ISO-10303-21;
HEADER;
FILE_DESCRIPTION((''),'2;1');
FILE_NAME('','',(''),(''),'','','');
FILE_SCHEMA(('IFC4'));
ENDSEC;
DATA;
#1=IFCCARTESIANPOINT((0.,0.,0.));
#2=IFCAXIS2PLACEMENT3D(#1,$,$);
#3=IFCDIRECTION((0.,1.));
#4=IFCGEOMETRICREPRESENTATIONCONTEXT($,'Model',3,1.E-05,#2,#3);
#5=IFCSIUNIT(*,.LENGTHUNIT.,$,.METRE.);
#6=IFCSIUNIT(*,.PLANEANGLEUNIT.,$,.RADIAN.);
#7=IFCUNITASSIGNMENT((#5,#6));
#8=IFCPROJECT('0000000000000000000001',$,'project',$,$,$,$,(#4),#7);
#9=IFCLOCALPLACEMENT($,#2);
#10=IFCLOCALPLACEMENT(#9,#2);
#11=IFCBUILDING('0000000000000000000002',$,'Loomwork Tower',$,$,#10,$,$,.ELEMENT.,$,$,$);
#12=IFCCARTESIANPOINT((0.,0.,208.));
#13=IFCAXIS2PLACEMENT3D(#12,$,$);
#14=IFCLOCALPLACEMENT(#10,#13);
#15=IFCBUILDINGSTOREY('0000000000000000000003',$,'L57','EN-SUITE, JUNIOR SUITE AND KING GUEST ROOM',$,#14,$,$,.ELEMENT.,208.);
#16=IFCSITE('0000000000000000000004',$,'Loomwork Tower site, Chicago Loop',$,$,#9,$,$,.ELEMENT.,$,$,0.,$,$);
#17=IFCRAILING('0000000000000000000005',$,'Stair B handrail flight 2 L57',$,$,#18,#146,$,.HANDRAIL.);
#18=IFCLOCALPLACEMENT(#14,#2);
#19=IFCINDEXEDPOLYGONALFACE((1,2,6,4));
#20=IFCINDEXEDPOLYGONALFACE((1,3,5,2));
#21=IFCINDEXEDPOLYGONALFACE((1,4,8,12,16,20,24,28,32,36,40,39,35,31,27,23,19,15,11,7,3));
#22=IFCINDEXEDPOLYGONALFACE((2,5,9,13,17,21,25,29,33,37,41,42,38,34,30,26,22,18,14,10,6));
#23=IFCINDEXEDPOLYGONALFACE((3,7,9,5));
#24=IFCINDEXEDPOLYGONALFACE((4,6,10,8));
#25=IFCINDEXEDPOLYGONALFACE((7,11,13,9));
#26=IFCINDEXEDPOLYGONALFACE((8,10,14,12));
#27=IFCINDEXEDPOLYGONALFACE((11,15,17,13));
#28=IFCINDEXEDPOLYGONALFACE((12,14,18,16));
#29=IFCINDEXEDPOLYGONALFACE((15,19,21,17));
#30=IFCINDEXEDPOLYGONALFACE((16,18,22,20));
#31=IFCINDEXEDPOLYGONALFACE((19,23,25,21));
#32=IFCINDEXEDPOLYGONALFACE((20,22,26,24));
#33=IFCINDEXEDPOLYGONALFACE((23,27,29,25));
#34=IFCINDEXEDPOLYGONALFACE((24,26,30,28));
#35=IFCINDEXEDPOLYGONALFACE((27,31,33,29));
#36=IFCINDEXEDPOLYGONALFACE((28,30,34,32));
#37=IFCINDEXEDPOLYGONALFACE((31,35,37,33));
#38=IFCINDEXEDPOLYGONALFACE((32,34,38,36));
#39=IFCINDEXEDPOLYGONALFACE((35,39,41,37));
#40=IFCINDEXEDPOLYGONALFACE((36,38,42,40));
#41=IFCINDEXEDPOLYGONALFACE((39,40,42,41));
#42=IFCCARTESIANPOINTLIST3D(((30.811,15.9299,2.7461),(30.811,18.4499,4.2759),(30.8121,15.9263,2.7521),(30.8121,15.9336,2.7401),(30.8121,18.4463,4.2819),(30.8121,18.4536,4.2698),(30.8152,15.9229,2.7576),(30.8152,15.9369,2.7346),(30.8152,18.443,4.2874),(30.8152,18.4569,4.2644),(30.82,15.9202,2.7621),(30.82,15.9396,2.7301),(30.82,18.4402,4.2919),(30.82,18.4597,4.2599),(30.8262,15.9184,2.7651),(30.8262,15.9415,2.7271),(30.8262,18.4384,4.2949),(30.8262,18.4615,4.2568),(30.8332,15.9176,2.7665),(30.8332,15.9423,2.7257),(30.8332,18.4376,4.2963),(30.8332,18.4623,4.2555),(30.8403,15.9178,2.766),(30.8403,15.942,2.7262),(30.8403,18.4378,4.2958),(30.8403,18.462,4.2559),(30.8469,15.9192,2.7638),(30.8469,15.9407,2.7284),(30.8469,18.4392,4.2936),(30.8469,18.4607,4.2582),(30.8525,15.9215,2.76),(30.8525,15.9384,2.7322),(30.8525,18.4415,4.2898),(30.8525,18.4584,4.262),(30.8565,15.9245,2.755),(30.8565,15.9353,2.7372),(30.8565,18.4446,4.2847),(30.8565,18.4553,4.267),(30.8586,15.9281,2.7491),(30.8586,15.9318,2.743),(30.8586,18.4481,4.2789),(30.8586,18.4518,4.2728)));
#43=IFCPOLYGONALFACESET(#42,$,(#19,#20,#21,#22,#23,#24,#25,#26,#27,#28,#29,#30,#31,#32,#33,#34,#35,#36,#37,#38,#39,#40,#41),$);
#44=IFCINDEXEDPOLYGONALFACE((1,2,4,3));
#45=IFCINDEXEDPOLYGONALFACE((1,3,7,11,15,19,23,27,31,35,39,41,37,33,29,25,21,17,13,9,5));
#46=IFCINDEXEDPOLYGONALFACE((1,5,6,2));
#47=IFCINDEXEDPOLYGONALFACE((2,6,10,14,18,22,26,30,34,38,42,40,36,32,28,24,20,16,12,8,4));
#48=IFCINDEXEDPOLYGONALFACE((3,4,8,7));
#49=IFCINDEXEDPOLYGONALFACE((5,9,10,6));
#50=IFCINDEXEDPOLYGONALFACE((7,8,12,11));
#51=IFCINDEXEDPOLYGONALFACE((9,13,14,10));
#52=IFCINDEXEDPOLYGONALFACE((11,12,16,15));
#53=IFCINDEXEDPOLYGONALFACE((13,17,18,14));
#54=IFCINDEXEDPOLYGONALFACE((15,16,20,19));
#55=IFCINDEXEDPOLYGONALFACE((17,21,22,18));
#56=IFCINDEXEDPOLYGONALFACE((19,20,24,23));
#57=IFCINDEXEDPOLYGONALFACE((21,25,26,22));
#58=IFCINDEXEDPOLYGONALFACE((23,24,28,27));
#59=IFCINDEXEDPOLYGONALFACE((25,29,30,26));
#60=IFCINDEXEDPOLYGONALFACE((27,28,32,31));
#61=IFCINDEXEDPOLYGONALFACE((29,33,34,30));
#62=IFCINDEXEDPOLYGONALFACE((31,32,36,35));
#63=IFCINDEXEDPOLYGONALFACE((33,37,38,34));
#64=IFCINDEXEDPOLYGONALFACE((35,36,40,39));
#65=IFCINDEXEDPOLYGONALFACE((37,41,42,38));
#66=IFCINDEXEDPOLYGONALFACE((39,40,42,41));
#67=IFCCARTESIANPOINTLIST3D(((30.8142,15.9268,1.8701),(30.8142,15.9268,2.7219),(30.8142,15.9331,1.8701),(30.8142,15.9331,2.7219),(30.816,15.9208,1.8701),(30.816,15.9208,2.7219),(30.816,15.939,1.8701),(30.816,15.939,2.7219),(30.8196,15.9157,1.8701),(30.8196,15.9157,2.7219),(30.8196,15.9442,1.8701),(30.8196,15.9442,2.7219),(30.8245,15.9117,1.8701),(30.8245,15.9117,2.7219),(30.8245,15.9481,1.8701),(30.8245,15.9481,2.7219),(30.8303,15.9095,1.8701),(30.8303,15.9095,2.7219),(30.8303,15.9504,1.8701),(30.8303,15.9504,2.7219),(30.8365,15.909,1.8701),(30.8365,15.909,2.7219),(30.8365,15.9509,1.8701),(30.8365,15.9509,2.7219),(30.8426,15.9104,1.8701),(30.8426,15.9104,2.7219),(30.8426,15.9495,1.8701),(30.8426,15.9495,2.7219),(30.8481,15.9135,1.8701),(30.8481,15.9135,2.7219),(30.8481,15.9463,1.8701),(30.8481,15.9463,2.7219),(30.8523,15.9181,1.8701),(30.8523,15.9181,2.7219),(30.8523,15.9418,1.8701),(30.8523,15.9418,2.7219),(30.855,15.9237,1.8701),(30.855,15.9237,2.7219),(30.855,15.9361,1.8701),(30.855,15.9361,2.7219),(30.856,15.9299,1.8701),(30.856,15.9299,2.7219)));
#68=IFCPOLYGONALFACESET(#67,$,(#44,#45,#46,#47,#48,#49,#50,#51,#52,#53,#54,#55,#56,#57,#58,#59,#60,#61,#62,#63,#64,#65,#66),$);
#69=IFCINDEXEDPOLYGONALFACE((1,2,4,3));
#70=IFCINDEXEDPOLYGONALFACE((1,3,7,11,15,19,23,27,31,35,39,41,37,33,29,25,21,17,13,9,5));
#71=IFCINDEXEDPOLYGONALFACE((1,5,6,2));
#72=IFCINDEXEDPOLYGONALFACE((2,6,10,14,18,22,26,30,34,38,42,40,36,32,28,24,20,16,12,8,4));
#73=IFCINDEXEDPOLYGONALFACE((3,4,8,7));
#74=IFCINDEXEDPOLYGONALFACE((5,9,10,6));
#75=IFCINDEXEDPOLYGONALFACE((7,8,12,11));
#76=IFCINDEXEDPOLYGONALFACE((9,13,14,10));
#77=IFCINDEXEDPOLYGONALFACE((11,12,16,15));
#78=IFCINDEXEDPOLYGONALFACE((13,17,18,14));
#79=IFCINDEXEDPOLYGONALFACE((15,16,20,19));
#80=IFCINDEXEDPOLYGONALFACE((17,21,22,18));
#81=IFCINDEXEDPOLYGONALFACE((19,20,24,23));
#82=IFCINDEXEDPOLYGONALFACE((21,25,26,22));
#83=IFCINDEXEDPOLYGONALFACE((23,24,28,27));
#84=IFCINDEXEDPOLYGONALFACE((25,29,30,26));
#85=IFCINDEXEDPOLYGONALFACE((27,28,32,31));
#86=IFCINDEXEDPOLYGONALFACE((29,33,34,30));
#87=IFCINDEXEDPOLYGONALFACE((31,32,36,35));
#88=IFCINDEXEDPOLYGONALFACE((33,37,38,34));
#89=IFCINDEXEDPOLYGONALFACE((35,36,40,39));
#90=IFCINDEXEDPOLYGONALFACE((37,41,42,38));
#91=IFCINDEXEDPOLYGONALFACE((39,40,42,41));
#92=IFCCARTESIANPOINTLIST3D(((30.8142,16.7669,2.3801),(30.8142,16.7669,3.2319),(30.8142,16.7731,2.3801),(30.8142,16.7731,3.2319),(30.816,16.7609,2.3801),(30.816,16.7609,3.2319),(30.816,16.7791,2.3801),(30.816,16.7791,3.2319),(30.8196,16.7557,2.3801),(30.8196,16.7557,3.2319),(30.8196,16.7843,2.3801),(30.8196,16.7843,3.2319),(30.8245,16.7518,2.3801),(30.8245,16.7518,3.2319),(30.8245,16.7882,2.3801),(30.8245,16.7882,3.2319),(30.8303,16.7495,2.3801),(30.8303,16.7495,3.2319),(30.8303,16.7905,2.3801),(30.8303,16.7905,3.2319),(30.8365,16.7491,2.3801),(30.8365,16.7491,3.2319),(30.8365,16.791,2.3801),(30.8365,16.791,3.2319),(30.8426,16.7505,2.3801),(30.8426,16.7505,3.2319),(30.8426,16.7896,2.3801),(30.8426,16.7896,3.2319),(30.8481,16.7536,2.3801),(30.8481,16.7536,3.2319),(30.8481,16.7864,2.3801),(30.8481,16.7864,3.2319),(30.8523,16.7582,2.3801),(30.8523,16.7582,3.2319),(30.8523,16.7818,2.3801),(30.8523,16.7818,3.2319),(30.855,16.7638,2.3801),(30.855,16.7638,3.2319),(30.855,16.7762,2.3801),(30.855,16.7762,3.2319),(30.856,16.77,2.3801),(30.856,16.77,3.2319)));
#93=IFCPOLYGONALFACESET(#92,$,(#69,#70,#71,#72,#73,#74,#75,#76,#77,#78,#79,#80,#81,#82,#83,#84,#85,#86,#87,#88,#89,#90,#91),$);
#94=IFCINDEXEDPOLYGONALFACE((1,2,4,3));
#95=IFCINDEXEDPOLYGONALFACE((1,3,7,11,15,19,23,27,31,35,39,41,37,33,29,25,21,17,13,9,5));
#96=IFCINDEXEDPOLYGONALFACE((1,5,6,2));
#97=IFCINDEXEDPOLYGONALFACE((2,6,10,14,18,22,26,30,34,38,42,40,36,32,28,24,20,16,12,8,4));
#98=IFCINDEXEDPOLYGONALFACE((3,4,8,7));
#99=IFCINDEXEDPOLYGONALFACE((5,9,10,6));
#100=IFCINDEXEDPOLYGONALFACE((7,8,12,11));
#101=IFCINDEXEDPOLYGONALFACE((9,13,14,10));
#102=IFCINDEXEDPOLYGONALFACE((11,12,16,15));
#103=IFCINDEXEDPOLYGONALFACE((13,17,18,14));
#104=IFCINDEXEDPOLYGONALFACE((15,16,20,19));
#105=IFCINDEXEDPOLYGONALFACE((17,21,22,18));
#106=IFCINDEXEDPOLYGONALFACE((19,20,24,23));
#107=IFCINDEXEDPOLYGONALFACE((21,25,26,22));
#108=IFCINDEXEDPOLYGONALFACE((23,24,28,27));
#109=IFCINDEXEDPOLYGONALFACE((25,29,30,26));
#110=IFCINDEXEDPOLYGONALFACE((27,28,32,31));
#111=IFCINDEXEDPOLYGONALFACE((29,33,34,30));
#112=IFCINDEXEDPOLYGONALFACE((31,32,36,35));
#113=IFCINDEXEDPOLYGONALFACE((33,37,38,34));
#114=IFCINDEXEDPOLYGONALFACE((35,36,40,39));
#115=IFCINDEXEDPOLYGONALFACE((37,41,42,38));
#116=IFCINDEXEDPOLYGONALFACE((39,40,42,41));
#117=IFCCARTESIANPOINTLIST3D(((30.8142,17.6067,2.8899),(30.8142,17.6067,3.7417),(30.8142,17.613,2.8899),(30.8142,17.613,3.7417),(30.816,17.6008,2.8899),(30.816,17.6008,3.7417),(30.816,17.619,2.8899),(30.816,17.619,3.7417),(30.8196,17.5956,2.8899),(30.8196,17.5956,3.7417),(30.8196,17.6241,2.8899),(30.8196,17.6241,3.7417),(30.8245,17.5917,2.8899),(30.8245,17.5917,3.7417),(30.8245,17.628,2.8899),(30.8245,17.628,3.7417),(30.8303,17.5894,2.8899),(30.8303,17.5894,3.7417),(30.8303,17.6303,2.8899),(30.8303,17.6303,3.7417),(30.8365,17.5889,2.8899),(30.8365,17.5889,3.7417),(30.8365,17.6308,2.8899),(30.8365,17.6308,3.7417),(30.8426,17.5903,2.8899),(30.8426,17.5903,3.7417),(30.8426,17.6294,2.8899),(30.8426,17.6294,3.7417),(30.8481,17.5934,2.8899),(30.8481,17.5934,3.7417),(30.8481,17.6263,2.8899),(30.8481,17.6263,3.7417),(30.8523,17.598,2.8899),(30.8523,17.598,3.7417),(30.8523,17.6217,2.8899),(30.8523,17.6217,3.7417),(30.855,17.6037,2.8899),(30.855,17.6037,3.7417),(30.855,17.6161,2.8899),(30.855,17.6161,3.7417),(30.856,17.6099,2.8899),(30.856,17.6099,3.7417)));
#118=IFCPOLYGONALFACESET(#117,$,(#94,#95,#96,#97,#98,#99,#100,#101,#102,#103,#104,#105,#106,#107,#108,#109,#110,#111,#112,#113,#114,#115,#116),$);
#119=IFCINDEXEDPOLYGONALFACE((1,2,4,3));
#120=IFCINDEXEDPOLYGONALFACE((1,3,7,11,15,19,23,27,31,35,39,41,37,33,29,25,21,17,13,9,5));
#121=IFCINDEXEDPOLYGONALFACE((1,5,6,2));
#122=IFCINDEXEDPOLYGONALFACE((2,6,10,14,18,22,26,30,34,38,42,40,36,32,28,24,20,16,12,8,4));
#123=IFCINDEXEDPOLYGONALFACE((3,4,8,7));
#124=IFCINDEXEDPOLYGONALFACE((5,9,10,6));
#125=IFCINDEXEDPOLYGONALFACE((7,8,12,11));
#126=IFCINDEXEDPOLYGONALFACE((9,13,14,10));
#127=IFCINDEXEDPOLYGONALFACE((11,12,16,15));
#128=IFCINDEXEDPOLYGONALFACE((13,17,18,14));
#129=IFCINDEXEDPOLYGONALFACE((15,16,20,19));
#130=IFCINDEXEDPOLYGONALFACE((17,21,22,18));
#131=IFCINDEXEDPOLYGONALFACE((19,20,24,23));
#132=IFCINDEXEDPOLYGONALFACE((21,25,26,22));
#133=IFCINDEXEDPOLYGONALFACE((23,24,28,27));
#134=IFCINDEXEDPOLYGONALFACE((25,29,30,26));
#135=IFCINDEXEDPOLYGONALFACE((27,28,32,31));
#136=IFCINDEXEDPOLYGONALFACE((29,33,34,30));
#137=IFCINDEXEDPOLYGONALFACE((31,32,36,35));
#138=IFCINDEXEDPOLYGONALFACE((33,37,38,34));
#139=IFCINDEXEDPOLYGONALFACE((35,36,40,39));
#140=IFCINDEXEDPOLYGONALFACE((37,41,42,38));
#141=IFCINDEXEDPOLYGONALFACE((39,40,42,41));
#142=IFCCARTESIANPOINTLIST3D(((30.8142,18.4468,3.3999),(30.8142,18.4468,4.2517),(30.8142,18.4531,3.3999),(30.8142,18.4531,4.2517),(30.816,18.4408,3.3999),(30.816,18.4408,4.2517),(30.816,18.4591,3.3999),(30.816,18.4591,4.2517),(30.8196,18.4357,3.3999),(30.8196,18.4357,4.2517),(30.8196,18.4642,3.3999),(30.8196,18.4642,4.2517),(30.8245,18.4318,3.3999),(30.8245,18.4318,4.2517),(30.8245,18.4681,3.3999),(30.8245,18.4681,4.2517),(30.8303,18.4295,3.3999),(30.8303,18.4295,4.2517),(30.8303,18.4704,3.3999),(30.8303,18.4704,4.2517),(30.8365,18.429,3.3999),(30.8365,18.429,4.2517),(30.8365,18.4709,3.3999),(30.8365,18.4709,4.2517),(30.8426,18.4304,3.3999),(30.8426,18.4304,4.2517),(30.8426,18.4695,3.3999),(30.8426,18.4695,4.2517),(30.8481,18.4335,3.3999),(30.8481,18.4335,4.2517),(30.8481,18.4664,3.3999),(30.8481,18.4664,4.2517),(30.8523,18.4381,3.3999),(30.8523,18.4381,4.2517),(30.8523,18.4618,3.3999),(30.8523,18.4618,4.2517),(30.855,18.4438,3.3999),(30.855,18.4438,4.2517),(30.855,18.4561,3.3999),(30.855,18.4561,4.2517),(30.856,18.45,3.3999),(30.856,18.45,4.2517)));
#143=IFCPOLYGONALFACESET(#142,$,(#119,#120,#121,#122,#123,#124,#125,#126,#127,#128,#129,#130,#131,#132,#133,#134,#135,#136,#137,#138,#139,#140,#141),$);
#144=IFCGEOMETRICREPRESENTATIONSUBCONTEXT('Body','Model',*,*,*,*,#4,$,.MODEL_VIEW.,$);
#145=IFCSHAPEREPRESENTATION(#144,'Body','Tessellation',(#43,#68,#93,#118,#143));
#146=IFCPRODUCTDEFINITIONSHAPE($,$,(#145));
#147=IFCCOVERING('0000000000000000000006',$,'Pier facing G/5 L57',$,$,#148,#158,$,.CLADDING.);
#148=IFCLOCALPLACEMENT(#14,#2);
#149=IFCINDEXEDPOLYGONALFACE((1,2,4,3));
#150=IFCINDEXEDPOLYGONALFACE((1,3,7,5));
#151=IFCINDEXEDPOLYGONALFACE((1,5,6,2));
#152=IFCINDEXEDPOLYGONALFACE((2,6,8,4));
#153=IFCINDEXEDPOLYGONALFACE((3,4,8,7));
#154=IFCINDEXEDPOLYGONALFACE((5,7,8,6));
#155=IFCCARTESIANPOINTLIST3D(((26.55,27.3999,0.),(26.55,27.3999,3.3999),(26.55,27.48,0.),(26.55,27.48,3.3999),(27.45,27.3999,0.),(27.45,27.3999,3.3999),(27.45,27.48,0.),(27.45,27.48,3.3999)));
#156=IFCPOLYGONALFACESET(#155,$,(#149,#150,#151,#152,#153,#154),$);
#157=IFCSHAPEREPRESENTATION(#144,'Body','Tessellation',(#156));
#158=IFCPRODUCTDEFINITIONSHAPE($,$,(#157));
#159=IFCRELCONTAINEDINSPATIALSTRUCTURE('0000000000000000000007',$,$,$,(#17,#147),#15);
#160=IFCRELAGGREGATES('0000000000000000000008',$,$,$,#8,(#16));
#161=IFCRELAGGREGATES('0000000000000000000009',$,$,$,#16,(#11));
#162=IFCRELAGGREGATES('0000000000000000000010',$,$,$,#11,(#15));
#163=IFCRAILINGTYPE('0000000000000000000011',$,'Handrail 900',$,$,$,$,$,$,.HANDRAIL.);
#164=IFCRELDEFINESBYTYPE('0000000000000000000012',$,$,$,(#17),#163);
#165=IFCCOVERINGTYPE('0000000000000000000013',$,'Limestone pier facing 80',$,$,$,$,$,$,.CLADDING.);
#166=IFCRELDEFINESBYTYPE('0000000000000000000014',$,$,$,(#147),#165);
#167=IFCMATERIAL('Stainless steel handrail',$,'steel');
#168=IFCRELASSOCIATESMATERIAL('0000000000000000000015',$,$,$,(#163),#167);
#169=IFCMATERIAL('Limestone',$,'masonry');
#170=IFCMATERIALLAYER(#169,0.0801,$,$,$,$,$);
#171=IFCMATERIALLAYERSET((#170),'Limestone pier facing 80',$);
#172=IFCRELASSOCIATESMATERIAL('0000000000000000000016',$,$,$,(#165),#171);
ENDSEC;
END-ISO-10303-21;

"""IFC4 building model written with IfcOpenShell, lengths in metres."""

from ifc_helpers import new_model, si_unit, direction, frame, origin, origin_2d, place, context, subcontext, project, spatial, rectangle, circle, extrude, material, layer, layer_set, type_object, element, save


model = new_model("IFC4")

# Units and contexts
model_context = context("Model", 3, precision=1e-05, world=origin(), true_north=direction((0.0, 1.0)))
body_context = subcontext(model_context, "Body", "Model", "MODEL_VIEW")
ifc_project = project(units=[si_unit("LENGTHUNIT", "METRE"), si_unit("PLANEANGLEUNIT", "RADIAN")], contexts=[model_context])

# Site, building, storey
site_placement = place(None, origin())
site = spatial("IfcSite", under=ifc_project, at=site_placement, Name="Loomwork Tower site, Chicago Loop", CompositionType="ELEMENT", RefElevation=0.0)
building_placement = place(site_placement, origin())
building = spatial("IfcBuilding", under=site, at=building_placement, Name="Loomwork Tower", CompositionType="ELEMENT")
storey_placement = place(building_placement, frame((0.0, 0.0, 208.0)))
storey = spatial("IfcBuildingStorey", under=building, at=storey_placement, Name="L57", Description="EN-SUITE, JUNIOR SUITE AND KING GUEST ROOM", CompositionType="ELEMENT", Elevation=208.0)

# Railing
ifc_material_1 = material(Name="Stainless steel handrail", Category="steel")
railing_type = type_object("IfcRailingType", Name="Handrail 900", PredefinedType="HANDRAIL", material=ifc_material_1)
railing_placement = place(storey_placement, frame((30.835, 15.9299, 1.8701)))
element("IfcRailing", 1, at=railing_placement, inside=storey, type_object=railing_type, Name="Stair B handrail flight 2 L57", PredefinedType="HANDRAIL", context=body_context, shape_type="SweptSolid", body=[
    extrude(circle(Radius=0.0239, at=origin_2d()), frame((0.0, 0.0, 0.876), z_axis=(0.0, 0.854822, 0.518922), x_axis=(-1.0, 0.0, 0.0)), (0.0, 0.0, 1.0), 2.948),
    extrude(circle(Radius=0.021, at=origin_2d()), origin(), (0.0, 0.0, 1.0), 0.8518),
    extrude(circle(Radius=0.021, at=origin_2d()), frame((0.0, 0.8401, 0.51)), (0.0, 0.0, 1.0), 0.8518),
    extrude(circle(Radius=0.021, at=origin_2d()), frame((0.0, 1.6799, 1.0198)), (0.0, 0.0, 1.0), 0.8518),
    extrude(circle(Radius=0.021, at=origin_2d()), frame((0.0, 2.52, 1.5298)), (0.0, 0.0, 1.0), 0.8518),
])

# Covering
ifc_material_2 = material(Name="Limestone", Category="masonry")
ifc_layer_1 = layer(ifc_material_2, 0.0801)
ifc_layer_set_1 = layer_set([ifc_layer_1], Name="Limestone pier facing 80")
covering_type = type_object("IfcCoveringType", Name="Limestone pier facing 80", PredefinedType="CLADDING", material=ifc_layer_set_1)
covering_placement = place(storey_placement, frame((27.0, 27.4399, 0.0), z_axis=(0.0, 0.0, 1.0), x_axis=(1.0, 0.0, 0.0)))
element("IfcCovering", 2, at=covering_placement, inside=storey, type_object=covering_type, Name="Pier facing G/5 L57", PredefinedType="CLADDING", context=body_context, shape_type="SweptSolid", body=[
    extrude(rectangle(XDim=0.8999, YDim=0.0801, at=origin_2d()), origin(), (0.0, 0.0, 1.0), 3.3999),
])

save(model, "model.ifc")
